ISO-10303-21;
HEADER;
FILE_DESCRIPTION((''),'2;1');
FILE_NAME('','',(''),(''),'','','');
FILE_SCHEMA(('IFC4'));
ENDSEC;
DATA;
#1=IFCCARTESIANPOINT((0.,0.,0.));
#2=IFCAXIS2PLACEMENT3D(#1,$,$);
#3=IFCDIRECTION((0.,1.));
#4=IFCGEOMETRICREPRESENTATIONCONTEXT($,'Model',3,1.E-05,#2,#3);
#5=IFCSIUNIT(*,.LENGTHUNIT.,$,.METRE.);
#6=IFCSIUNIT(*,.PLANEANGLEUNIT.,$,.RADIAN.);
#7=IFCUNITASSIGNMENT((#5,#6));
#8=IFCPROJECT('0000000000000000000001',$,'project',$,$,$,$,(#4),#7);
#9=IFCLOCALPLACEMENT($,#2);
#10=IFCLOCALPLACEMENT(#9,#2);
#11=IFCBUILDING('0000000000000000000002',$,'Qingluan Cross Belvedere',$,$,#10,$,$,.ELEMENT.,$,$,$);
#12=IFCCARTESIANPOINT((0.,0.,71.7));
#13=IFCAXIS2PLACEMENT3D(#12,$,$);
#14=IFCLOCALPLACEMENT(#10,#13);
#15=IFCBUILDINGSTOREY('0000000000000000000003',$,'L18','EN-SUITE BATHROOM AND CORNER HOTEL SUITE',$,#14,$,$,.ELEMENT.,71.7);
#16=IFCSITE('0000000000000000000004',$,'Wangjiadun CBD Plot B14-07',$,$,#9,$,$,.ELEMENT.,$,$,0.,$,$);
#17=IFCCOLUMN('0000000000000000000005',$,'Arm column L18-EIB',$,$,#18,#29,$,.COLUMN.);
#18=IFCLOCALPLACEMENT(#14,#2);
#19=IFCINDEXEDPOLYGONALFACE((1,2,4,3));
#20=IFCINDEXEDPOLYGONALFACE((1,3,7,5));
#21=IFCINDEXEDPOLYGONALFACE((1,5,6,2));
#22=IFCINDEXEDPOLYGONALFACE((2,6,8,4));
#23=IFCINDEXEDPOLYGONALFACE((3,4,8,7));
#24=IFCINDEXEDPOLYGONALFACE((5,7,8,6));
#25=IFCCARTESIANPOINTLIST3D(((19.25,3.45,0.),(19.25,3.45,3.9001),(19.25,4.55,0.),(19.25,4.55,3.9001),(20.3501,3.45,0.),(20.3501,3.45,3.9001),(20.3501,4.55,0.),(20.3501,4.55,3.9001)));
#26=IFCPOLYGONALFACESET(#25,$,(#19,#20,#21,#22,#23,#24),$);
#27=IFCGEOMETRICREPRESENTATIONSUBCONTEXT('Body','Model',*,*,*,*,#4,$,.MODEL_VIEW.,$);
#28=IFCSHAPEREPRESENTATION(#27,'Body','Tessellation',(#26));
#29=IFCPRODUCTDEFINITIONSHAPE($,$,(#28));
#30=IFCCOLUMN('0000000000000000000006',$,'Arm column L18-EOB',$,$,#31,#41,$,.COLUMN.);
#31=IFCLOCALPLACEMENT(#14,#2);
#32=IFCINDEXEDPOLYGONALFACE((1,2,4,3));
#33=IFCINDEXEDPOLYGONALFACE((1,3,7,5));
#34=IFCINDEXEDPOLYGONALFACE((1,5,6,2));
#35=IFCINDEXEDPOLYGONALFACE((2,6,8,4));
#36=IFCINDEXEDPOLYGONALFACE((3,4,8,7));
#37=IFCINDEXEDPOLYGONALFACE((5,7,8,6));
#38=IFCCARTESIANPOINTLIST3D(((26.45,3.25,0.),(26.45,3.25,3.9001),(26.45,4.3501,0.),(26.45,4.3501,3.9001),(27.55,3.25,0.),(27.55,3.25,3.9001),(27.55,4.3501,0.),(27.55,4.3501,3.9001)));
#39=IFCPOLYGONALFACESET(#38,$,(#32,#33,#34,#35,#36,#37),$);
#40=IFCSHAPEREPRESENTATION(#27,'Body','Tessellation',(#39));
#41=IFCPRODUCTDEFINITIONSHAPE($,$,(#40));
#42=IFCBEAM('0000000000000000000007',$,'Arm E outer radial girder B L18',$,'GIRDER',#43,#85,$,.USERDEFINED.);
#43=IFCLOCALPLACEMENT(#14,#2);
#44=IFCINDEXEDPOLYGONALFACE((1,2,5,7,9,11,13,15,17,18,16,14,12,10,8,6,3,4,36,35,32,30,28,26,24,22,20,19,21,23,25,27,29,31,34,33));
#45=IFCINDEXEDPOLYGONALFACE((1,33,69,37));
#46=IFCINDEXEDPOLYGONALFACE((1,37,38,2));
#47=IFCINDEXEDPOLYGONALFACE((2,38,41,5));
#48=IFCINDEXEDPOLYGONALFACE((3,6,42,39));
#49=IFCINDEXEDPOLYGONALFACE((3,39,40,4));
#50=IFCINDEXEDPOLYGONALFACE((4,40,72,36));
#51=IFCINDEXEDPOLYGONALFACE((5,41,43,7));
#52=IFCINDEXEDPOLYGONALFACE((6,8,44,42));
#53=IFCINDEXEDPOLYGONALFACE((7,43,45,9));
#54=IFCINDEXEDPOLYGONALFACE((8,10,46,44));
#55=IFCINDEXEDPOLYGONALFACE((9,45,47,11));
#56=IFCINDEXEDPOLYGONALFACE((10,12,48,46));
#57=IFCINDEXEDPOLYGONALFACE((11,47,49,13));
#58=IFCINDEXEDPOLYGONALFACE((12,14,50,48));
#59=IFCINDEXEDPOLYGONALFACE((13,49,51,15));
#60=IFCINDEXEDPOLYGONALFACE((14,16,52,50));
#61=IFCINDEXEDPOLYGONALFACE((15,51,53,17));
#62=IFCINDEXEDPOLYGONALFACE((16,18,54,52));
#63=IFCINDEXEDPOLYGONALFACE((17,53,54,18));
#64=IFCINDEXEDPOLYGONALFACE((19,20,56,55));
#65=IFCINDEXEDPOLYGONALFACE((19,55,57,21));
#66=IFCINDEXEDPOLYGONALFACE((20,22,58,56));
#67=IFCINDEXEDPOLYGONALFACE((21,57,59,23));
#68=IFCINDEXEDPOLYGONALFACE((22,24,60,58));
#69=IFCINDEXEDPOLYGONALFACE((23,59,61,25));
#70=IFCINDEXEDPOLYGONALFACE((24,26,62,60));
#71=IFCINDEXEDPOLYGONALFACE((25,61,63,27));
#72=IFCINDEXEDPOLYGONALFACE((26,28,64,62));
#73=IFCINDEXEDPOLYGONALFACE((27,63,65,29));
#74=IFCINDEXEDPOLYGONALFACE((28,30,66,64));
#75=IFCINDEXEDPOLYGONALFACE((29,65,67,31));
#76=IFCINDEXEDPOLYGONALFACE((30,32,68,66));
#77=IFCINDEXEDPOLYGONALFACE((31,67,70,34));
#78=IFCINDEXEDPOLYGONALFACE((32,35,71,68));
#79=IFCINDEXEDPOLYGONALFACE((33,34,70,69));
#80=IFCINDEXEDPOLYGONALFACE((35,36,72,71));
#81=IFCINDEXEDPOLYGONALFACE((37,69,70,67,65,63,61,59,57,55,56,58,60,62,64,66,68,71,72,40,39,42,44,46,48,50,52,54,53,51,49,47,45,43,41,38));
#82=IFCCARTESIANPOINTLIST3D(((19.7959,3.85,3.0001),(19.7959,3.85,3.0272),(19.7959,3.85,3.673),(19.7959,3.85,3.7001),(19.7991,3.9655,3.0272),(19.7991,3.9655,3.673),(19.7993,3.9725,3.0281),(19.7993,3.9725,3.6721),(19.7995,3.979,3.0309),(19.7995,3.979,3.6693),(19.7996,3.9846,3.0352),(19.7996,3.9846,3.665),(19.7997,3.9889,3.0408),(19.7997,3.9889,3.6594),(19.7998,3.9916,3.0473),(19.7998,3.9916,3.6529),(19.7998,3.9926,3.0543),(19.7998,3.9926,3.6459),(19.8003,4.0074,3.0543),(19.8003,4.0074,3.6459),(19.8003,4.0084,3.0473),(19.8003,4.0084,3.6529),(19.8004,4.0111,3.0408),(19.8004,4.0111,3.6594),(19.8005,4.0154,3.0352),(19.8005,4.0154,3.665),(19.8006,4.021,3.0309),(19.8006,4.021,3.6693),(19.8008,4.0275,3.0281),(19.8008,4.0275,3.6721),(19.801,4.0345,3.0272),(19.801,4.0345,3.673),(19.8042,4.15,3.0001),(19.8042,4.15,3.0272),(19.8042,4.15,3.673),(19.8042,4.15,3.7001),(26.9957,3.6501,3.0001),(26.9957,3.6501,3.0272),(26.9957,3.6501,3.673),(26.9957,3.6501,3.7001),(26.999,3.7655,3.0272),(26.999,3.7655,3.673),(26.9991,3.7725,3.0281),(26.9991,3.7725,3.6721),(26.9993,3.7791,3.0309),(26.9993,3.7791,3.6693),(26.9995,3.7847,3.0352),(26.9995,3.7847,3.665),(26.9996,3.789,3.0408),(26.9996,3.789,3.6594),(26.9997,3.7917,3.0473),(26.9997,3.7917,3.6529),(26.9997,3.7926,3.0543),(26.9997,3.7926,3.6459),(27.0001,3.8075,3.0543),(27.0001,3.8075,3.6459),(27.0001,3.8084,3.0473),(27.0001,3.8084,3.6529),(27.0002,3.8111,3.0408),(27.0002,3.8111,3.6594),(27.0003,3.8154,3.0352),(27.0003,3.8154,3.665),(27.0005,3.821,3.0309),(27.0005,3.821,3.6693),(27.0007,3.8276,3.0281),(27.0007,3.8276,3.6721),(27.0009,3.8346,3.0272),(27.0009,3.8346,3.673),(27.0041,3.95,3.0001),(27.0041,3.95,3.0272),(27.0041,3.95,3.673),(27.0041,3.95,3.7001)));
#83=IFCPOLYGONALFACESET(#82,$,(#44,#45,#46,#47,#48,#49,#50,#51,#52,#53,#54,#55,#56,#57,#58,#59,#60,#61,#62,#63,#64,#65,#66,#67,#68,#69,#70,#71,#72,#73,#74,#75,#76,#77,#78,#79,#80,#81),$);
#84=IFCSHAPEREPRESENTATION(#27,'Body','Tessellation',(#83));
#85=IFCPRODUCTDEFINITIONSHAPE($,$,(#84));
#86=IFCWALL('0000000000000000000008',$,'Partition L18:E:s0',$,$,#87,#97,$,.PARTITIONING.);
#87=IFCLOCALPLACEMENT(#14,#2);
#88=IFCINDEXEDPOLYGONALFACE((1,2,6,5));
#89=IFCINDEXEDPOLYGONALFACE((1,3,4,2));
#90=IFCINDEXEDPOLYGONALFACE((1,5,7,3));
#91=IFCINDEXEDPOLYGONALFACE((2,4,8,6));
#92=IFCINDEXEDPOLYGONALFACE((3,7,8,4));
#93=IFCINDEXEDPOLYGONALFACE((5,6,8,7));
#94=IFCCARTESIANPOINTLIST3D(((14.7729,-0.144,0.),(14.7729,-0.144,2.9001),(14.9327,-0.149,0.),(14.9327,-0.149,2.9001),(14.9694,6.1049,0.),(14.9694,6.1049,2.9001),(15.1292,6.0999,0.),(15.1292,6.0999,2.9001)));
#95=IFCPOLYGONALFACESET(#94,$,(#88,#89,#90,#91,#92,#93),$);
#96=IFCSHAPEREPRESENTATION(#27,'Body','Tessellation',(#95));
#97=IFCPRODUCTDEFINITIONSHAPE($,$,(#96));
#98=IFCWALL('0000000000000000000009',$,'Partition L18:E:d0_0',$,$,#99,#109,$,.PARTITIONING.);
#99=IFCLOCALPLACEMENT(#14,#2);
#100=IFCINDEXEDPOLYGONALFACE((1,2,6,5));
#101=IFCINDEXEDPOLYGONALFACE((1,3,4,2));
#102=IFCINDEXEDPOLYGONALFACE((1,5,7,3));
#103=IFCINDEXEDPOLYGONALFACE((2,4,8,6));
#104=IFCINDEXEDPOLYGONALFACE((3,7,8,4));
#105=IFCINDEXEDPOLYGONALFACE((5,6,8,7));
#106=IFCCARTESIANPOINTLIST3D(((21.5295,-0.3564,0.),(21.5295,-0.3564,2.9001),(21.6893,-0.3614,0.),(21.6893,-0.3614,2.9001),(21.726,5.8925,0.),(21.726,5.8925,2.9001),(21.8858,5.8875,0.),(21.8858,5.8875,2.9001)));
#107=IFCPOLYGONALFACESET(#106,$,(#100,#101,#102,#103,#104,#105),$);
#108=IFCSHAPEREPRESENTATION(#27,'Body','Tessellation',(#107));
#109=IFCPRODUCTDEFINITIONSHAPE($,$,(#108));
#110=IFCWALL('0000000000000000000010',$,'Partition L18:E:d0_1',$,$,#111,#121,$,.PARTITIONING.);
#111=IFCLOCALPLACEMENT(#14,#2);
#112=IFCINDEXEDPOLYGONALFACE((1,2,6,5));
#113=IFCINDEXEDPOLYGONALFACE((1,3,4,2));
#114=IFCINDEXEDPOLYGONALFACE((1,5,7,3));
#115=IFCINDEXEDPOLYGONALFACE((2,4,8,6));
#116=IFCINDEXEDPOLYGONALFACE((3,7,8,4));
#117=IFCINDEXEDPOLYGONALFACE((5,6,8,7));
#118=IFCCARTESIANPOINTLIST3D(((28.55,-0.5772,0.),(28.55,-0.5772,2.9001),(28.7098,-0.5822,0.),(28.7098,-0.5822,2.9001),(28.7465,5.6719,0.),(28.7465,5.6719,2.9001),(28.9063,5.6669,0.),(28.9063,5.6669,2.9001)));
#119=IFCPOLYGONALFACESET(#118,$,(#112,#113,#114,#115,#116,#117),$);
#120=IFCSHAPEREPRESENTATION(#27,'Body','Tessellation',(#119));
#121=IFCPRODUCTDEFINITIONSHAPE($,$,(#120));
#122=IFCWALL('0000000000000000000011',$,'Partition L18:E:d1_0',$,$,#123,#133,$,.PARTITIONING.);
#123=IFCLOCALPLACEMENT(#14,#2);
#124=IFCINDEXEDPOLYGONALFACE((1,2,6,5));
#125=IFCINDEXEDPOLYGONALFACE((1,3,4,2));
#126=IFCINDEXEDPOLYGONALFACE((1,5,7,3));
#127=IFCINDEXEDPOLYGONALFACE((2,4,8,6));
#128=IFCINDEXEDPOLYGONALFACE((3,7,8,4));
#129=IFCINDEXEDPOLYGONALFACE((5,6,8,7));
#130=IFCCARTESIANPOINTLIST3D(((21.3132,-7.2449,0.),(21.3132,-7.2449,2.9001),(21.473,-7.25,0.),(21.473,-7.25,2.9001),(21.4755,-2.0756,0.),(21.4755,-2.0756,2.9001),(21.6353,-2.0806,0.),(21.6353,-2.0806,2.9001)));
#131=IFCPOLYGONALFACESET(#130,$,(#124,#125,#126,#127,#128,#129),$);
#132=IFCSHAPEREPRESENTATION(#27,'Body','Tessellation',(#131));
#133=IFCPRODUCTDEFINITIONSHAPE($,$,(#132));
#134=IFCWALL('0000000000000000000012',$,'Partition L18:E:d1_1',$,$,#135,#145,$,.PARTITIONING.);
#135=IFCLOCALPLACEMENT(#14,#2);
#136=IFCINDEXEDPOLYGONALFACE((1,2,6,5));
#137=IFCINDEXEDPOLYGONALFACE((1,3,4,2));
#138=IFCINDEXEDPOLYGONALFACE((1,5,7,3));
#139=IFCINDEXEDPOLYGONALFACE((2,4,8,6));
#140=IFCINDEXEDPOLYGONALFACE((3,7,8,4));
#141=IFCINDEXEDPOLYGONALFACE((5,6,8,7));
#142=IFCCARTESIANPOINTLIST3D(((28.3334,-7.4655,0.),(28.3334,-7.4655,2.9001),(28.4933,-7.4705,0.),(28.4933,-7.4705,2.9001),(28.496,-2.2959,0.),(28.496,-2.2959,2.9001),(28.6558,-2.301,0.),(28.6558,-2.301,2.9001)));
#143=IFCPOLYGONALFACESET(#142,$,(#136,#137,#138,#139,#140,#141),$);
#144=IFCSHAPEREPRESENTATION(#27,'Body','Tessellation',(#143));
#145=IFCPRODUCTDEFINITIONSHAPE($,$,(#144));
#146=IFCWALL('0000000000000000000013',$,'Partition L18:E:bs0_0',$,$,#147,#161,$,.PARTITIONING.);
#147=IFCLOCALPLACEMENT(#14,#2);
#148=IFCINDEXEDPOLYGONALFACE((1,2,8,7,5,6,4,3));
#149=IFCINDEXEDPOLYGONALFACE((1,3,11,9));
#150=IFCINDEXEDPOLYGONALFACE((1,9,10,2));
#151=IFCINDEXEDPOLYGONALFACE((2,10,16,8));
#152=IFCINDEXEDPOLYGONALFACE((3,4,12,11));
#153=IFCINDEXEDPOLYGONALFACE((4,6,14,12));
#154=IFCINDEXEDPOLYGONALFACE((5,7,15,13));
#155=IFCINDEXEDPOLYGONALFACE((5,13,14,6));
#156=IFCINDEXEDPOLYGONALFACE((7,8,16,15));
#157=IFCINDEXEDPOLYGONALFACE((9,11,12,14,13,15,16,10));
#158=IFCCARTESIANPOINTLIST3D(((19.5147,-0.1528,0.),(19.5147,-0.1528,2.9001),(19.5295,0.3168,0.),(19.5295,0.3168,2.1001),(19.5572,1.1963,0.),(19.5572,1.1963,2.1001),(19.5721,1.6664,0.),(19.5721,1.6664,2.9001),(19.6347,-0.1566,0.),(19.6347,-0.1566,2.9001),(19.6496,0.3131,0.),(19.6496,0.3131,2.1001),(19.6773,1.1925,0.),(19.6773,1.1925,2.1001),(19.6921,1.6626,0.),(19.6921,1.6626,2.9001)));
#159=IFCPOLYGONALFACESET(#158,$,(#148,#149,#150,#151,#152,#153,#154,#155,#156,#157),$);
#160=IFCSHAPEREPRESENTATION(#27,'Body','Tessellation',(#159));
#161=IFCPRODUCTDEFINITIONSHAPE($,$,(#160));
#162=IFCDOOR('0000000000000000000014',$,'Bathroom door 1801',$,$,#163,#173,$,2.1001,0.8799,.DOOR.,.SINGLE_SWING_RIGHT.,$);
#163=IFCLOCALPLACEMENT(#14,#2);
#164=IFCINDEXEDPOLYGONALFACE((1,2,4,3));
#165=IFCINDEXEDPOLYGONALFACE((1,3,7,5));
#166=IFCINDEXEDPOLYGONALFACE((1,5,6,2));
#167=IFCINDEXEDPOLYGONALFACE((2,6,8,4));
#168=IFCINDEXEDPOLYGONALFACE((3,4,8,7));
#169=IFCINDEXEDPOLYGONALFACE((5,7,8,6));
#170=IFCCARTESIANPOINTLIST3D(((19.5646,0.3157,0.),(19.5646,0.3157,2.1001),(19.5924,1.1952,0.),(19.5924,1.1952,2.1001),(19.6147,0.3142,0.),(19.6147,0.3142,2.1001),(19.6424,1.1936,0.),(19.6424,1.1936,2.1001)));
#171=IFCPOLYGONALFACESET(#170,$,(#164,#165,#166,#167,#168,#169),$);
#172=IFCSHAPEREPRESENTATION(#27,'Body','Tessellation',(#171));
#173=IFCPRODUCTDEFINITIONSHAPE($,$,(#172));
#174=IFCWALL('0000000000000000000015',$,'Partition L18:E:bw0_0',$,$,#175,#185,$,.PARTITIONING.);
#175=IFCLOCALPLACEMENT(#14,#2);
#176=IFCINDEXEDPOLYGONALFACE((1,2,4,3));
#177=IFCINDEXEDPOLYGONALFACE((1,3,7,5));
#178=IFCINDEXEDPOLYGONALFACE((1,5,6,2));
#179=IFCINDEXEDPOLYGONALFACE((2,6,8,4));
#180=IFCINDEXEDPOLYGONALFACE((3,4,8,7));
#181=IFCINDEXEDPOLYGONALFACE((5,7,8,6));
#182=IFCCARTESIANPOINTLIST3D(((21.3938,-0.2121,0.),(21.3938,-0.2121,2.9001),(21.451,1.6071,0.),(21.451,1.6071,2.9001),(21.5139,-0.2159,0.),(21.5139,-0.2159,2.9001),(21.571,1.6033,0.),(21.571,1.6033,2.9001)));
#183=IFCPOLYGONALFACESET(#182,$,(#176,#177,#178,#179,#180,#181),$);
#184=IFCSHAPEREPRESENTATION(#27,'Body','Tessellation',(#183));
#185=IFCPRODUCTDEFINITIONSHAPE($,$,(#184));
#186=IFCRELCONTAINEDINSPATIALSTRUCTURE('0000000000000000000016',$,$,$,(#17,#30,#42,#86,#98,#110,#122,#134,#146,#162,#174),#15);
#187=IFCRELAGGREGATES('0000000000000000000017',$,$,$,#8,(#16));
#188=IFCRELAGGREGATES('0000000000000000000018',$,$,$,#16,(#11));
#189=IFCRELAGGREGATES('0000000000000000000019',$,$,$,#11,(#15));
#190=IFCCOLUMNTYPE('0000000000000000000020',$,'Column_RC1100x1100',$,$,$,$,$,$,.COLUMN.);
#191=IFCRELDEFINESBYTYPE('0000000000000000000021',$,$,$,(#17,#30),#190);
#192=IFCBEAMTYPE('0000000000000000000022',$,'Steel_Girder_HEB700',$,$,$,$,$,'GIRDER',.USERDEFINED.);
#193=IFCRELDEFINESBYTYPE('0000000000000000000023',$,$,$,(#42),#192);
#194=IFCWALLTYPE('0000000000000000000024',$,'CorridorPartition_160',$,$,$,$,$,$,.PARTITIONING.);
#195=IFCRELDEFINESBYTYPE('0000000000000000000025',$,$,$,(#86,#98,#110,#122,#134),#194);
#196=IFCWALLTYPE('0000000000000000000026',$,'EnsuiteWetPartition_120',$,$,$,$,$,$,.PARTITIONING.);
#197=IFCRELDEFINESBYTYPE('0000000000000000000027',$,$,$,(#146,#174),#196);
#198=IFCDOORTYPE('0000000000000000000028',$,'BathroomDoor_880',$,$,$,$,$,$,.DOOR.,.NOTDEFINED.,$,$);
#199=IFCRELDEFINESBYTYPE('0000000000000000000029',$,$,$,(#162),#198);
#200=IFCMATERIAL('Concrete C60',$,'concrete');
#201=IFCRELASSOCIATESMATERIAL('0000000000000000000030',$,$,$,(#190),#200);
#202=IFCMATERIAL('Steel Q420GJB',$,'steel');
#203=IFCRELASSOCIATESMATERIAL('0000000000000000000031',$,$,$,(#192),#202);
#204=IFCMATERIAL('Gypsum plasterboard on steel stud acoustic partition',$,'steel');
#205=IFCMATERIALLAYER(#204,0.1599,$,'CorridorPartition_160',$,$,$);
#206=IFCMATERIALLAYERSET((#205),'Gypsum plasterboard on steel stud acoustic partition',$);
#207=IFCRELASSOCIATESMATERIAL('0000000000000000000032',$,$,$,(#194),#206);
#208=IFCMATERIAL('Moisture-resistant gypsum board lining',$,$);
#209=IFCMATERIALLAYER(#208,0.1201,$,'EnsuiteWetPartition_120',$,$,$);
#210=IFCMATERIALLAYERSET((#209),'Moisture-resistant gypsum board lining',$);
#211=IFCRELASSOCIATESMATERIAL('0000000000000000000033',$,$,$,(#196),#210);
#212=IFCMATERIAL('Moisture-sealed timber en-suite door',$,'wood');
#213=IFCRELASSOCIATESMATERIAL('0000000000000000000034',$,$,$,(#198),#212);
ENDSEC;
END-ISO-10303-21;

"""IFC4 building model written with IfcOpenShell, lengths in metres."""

from ifc_helpers import new_model, si_unit, direction, frame, frame_2d, origin, origin_2d, place, context, subcontext, project, spatial, rectangle, i_section, extrude, material, layer, layer_set, material_profile, profile_set, type_object, element, fill, save


model = new_model("IFC4")

# Units and contexts
model_context = context("Model", 3, precision=1e-05, world=origin(), true_north=direction((0.0, 1.0)))
body_context = subcontext(model_context, "Body", "Model", "MODEL_VIEW")
ifc_project = project(units=[si_unit("LENGTHUNIT", "METRE"), si_unit("PLANEANGLEUNIT", "RADIAN")], contexts=[model_context])

# Site, building, storey
site_placement = place(None, origin())
site = spatial("IfcSite", under=ifc_project, at=site_placement, Name="Wangjiadun CBD Plot B14-07", CompositionType="ELEMENT", RefElevation=0.0)
building_placement = place(site_placement, origin())
building = spatial("IfcBuilding", under=site, at=building_placement, Name="Qingluan Cross Belvedere", CompositionType="ELEMENT")
storey_placement = place(building_placement, frame((0.0, 0.0, 71.7)))
storey = spatial("IfcBuildingStorey", under=building, at=storey_placement, Name="L18", Description="EN-SUITE BATHROOM AND CORNER HOTEL SUITE", CompositionType="ELEMENT", Elevation=71.7)

# Columns
ifc_material_1 = material(Name="Concrete C60", Category="concrete")
ifc_material_profile_1 = material_profile(ifc_material_1, rectangle(XDim=1.1001, YDim=1.1001, at=origin_2d()), Name="RC1100x1100")
ifc_profile_set_1 = profile_set([ifc_material_profile_1], Name="Concrete C60")
column_type = type_object("IfcColumnType", Name="Column_RC1100x1100", PredefinedType="COLUMN", material=ifc_profile_set_1)
for number, where, z_axis, x_axis, name in (
    (1, (19.8, 4.0, 0.0), (0.0, 0.0, 1.0), (1.0, 0.0, 0.0), "Arm column L18-EIB"),
    (2, (27.0, 3.8, 0.0), (0.0, 0.0, 1.0), (1.0, 0.0, 0.0), "Arm column L18-EOB"),
):
    element("IfcColumn", number, at=place(storey_placement, frame(where, z_axis=z_axis, x_axis=x_axis)), inside=storey, type_object=column_type, Name=name, PredefinedType="COLUMN", context=body_context, shape_type="SweptSolid", body=[
        extrude(rectangle(XDim=1.1001, YDim=1.1001, at=origin_2d()), origin(), (0.0, 0.0, 1.0), 3.9001),
    ])

# Beam
ifc_material_2 = material(Name="Steel Q420GJB", Category="steel")
ifc_material_profile_2 = material_profile(ifc_material_2, i_section(OverallWidth=0.3, OverallDepth=0.7, WebThickness=0.0149, FlangeThickness=0.0271, FilletRadius=0.0271, at=origin_2d()), Name="HEB700")
ifc_profile_set_2 = profile_set([ifc_material_profile_2], Name="Steel Q420GJB")
beam_type = type_object("IfcBeamType", Name="Steel_Girder_HEB700", ElementType="GIRDER", PredefinedType="USERDEFINED", material=ifc_profile_set_2)
beam_placement = place(storey_placement, frame((19.8, 4.0, 3.3501), z_axis=(0.999615, -0.02776, 0.0), x_axis=(0.02776, 0.999615, 0.0)))
element("IfcBeam", 3, at=beam_placement, inside=storey, type_object=beam_type, Name="Arm E outer radial girder B L18", ObjectType="GIRDER", PredefinedType="USERDEFINED", context=body_context, shape_type="SweptSolid", body=[
    extrude(i_section(OverallWidth=0.3, OverallDepth=0.7, WebThickness=0.0149, FlangeThickness=0.0271, FilletRadius=0.0271, at=origin_2d()), origin(), (0.0, 0.0, 1.0), 7.2026),
])

# Walls
ifc_material_3 = material(Name="Gypsum plasterboard on steel stud acoustic partition", Category="steel")
ifc_layer_1 = layer(ifc_material_3, 0.1599, Name="CorridorPartition_160")
ifc_layer_set_1 = layer_set([ifc_layer_1], Name="Gypsum plasterboard on steel stud acoustic partition")
wall_type_1 = type_object("IfcWallType", Name="CorridorPartition_160", PredefinedType="PARTITIONING", material=ifc_layer_set_1)
for number, where, z_axis, x_axis, name in (
    (4, (14.8528, -0.1465, 0.0), (0.0, 0.0, 1.0), (0.031436, 0.999506, 0.0), "Partition L18:E:s0"),
    (5, (21.6094, -0.3589, 0.0), (0.0, 0.0, 1.0), (0.031436, 0.999506, 0.0), "Partition L18:E:d0_0"),
):
    element("IfcWall", number, at=place(storey_placement, frame(where, z_axis=z_axis, x_axis=x_axis)), inside=storey, type_object=wall_type_1, Name=name, PredefinedType="PARTITIONING", context=body_context, shape_type="SweptSolid", body=[
        extrude(rectangle(XDim=6.252, YDim=0.1599, at=frame_2d((3.126, 0.0))), origin(), (0.0, 0.0, 1.0), 2.9001),
    ])
wall_1_placement = place(storey_placement, frame((28.6299, -0.5796, 0.0), z_axis=(0.0, 0.0, 1.0), x_axis=(0.031435, 0.999506, 0.0)))
element("IfcWall", 6, at=wall_1_placement, inside=storey, type_object=wall_type_1, Name="Partition L18:E:d0_1", PredefinedType="PARTITIONING", context=body_context, shape_type="SweptSolid", body=[
    extrude(rectangle(XDim=6.2522, YDim=0.1599, at=frame_2d((3.126, 0.0))), origin(), (0.0, 0.0, 1.0), 2.9001),
])
wall_2_placement = place(storey_placement, frame((21.5554, -2.0781, 0.0), z_axis=(0.0, 0.0, 1.0), x_axis=(-0.031391, -0.999507, 0.0)))
element("IfcWall", 7, at=wall_2_placement, inside=storey, type_object=wall_type_1, Name="Partition L18:E:d1_0", PredefinedType="PARTITIONING", context=body_context, shape_type="SweptSolid", body=[
    extrude(rectangle(XDim=5.1719, YDim=0.1599, at=frame_2d((2.5859, 0.0))), origin(), (0.0, 0.0, 1.0), 2.9001),
])
wall_3_placement = place(storey_placement, frame((28.5759, -2.2986, 0.0), z_axis=(0.0, 0.0, 1.0), x_axis=(-0.031437, -0.999506, 0.0)))
element("IfcWall", 8, at=wall_3_placement, inside=storey, type_object=wall_type_1, Name="Partition L18:E:d1_1", PredefinedType="PARTITIONING", context=body_context, shape_type="SweptSolid", body=[
    extrude(rectangle(XDim=5.1721, YDim=0.1599, at=frame_2d((2.5859, 0.0))), origin(), (0.0, 0.0, 1.0), 2.9001),
])

# Wall, opening, door
ifc_material_4 = material(Name="Moisture-resistant gypsum board lining")
ifc_layer_2 = layer(ifc_material_4, 0.1201, Name="EnsuiteWetPartition_120")
ifc_layer_set_2 = layer_set([ifc_layer_2], Name="Moisture-resistant gypsum board lining")
wall_type_2 = type_object("IfcWallType", Name="EnsuiteWetPartition_120", PredefinedType="PARTITIONING", material=ifc_layer_set_2)
wall_4_placement = place(storey_placement, frame((19.5747, -0.1548, 0.0), z_axis=(0.0, 0.0, 1.0), x_axis=(0.031524, 0.999503, 0.0)))
wall_4 = element("IfcWall", 9, at=wall_4_placement, inside=storey, type_object=wall_type_2, Name="Partition L18:E:bs0_0", PredefinedType="PARTITIONING", context=body_context, shape_type="SweptSolid", body=[
    extrude(rectangle(XDim=1.8201, YDim=0.1201, at=frame_2d((0.9102, 0.0))), origin(), (0.0, 0.0, 1.0), 2.9001),
])
opening_1_placement = place(wall_4_placement, frame((0.47, 0.0, 0.0)))
opening_1 = element("IfcOpeningElement", 10, at=opening_1_placement, cuts=wall_4, PredefinedType="OPENING", context=body_context, shape_type="SweptSolid", body=[
    extrude(rectangle(XDim=0.8799, YDim=2.1001, at=frame_2d((0.4399, 1.05))), frame((0.0, 0.0701, 0.0), z_axis=(0.0, -1.0, 0.0), x_axis=(1.0, 0.0, 0.0)), (0.0, 0.0, 1.0), 0.1401),
])
ifc_material_5 = material(Name="Moisture-sealed timber en-suite door", Category="wood")
door_type = type_object("IfcDoorType", Name="BathroomDoor_880", OperationType="NOTDEFINED", PredefinedType="DOOR", material=ifc_material_5)
door_1_placement = place(opening_1_placement, origin())
door_1 = element("IfcDoor", 11, at=door_1_placement, inside=storey, type_object=door_type, Name="Bathroom door 1801", OperationType="SINGLE_SWING_RIGHT", OverallHeight=2.1001, OverallWidth=0.8799, PredefinedType="DOOR", context=body_context, shape_type="SweptSolid", body=[
    extrude(rectangle(XDim=0.8799, YDim=2.1001, at=frame_2d((0.4399, 1.05))), frame((0.0, 0.0249, 0.0), z_axis=(0.0, -1.0, 0.0), x_axis=(1.0, 0.0, 0.0)), (0.0, 0.0, 1.0), 0.05),
])
fill(opening_1, door_1)

# Wall
wall_5_placement = place(storey_placement, frame((21.4539, -0.2141, 0.0), z_axis=(0.0, 0.0, 1.0), x_axis=(0.03139, 0.999507, 0.0)))
element("IfcWall", 12, at=wall_5_placement, inside=storey, type_object=wall_type_2, Name="Partition L18:E:bw0_0", PredefinedType="PARTITIONING", context=body_context, shape_type="SweptSolid", body=[
    extrude(rectangle(XDim=1.8201, YDim=0.1201, at=frame_2d((0.9102, 0.0))), origin(), (0.0, 0.0, 1.0), 2.9001),
])

save(model, "model.ifc")
